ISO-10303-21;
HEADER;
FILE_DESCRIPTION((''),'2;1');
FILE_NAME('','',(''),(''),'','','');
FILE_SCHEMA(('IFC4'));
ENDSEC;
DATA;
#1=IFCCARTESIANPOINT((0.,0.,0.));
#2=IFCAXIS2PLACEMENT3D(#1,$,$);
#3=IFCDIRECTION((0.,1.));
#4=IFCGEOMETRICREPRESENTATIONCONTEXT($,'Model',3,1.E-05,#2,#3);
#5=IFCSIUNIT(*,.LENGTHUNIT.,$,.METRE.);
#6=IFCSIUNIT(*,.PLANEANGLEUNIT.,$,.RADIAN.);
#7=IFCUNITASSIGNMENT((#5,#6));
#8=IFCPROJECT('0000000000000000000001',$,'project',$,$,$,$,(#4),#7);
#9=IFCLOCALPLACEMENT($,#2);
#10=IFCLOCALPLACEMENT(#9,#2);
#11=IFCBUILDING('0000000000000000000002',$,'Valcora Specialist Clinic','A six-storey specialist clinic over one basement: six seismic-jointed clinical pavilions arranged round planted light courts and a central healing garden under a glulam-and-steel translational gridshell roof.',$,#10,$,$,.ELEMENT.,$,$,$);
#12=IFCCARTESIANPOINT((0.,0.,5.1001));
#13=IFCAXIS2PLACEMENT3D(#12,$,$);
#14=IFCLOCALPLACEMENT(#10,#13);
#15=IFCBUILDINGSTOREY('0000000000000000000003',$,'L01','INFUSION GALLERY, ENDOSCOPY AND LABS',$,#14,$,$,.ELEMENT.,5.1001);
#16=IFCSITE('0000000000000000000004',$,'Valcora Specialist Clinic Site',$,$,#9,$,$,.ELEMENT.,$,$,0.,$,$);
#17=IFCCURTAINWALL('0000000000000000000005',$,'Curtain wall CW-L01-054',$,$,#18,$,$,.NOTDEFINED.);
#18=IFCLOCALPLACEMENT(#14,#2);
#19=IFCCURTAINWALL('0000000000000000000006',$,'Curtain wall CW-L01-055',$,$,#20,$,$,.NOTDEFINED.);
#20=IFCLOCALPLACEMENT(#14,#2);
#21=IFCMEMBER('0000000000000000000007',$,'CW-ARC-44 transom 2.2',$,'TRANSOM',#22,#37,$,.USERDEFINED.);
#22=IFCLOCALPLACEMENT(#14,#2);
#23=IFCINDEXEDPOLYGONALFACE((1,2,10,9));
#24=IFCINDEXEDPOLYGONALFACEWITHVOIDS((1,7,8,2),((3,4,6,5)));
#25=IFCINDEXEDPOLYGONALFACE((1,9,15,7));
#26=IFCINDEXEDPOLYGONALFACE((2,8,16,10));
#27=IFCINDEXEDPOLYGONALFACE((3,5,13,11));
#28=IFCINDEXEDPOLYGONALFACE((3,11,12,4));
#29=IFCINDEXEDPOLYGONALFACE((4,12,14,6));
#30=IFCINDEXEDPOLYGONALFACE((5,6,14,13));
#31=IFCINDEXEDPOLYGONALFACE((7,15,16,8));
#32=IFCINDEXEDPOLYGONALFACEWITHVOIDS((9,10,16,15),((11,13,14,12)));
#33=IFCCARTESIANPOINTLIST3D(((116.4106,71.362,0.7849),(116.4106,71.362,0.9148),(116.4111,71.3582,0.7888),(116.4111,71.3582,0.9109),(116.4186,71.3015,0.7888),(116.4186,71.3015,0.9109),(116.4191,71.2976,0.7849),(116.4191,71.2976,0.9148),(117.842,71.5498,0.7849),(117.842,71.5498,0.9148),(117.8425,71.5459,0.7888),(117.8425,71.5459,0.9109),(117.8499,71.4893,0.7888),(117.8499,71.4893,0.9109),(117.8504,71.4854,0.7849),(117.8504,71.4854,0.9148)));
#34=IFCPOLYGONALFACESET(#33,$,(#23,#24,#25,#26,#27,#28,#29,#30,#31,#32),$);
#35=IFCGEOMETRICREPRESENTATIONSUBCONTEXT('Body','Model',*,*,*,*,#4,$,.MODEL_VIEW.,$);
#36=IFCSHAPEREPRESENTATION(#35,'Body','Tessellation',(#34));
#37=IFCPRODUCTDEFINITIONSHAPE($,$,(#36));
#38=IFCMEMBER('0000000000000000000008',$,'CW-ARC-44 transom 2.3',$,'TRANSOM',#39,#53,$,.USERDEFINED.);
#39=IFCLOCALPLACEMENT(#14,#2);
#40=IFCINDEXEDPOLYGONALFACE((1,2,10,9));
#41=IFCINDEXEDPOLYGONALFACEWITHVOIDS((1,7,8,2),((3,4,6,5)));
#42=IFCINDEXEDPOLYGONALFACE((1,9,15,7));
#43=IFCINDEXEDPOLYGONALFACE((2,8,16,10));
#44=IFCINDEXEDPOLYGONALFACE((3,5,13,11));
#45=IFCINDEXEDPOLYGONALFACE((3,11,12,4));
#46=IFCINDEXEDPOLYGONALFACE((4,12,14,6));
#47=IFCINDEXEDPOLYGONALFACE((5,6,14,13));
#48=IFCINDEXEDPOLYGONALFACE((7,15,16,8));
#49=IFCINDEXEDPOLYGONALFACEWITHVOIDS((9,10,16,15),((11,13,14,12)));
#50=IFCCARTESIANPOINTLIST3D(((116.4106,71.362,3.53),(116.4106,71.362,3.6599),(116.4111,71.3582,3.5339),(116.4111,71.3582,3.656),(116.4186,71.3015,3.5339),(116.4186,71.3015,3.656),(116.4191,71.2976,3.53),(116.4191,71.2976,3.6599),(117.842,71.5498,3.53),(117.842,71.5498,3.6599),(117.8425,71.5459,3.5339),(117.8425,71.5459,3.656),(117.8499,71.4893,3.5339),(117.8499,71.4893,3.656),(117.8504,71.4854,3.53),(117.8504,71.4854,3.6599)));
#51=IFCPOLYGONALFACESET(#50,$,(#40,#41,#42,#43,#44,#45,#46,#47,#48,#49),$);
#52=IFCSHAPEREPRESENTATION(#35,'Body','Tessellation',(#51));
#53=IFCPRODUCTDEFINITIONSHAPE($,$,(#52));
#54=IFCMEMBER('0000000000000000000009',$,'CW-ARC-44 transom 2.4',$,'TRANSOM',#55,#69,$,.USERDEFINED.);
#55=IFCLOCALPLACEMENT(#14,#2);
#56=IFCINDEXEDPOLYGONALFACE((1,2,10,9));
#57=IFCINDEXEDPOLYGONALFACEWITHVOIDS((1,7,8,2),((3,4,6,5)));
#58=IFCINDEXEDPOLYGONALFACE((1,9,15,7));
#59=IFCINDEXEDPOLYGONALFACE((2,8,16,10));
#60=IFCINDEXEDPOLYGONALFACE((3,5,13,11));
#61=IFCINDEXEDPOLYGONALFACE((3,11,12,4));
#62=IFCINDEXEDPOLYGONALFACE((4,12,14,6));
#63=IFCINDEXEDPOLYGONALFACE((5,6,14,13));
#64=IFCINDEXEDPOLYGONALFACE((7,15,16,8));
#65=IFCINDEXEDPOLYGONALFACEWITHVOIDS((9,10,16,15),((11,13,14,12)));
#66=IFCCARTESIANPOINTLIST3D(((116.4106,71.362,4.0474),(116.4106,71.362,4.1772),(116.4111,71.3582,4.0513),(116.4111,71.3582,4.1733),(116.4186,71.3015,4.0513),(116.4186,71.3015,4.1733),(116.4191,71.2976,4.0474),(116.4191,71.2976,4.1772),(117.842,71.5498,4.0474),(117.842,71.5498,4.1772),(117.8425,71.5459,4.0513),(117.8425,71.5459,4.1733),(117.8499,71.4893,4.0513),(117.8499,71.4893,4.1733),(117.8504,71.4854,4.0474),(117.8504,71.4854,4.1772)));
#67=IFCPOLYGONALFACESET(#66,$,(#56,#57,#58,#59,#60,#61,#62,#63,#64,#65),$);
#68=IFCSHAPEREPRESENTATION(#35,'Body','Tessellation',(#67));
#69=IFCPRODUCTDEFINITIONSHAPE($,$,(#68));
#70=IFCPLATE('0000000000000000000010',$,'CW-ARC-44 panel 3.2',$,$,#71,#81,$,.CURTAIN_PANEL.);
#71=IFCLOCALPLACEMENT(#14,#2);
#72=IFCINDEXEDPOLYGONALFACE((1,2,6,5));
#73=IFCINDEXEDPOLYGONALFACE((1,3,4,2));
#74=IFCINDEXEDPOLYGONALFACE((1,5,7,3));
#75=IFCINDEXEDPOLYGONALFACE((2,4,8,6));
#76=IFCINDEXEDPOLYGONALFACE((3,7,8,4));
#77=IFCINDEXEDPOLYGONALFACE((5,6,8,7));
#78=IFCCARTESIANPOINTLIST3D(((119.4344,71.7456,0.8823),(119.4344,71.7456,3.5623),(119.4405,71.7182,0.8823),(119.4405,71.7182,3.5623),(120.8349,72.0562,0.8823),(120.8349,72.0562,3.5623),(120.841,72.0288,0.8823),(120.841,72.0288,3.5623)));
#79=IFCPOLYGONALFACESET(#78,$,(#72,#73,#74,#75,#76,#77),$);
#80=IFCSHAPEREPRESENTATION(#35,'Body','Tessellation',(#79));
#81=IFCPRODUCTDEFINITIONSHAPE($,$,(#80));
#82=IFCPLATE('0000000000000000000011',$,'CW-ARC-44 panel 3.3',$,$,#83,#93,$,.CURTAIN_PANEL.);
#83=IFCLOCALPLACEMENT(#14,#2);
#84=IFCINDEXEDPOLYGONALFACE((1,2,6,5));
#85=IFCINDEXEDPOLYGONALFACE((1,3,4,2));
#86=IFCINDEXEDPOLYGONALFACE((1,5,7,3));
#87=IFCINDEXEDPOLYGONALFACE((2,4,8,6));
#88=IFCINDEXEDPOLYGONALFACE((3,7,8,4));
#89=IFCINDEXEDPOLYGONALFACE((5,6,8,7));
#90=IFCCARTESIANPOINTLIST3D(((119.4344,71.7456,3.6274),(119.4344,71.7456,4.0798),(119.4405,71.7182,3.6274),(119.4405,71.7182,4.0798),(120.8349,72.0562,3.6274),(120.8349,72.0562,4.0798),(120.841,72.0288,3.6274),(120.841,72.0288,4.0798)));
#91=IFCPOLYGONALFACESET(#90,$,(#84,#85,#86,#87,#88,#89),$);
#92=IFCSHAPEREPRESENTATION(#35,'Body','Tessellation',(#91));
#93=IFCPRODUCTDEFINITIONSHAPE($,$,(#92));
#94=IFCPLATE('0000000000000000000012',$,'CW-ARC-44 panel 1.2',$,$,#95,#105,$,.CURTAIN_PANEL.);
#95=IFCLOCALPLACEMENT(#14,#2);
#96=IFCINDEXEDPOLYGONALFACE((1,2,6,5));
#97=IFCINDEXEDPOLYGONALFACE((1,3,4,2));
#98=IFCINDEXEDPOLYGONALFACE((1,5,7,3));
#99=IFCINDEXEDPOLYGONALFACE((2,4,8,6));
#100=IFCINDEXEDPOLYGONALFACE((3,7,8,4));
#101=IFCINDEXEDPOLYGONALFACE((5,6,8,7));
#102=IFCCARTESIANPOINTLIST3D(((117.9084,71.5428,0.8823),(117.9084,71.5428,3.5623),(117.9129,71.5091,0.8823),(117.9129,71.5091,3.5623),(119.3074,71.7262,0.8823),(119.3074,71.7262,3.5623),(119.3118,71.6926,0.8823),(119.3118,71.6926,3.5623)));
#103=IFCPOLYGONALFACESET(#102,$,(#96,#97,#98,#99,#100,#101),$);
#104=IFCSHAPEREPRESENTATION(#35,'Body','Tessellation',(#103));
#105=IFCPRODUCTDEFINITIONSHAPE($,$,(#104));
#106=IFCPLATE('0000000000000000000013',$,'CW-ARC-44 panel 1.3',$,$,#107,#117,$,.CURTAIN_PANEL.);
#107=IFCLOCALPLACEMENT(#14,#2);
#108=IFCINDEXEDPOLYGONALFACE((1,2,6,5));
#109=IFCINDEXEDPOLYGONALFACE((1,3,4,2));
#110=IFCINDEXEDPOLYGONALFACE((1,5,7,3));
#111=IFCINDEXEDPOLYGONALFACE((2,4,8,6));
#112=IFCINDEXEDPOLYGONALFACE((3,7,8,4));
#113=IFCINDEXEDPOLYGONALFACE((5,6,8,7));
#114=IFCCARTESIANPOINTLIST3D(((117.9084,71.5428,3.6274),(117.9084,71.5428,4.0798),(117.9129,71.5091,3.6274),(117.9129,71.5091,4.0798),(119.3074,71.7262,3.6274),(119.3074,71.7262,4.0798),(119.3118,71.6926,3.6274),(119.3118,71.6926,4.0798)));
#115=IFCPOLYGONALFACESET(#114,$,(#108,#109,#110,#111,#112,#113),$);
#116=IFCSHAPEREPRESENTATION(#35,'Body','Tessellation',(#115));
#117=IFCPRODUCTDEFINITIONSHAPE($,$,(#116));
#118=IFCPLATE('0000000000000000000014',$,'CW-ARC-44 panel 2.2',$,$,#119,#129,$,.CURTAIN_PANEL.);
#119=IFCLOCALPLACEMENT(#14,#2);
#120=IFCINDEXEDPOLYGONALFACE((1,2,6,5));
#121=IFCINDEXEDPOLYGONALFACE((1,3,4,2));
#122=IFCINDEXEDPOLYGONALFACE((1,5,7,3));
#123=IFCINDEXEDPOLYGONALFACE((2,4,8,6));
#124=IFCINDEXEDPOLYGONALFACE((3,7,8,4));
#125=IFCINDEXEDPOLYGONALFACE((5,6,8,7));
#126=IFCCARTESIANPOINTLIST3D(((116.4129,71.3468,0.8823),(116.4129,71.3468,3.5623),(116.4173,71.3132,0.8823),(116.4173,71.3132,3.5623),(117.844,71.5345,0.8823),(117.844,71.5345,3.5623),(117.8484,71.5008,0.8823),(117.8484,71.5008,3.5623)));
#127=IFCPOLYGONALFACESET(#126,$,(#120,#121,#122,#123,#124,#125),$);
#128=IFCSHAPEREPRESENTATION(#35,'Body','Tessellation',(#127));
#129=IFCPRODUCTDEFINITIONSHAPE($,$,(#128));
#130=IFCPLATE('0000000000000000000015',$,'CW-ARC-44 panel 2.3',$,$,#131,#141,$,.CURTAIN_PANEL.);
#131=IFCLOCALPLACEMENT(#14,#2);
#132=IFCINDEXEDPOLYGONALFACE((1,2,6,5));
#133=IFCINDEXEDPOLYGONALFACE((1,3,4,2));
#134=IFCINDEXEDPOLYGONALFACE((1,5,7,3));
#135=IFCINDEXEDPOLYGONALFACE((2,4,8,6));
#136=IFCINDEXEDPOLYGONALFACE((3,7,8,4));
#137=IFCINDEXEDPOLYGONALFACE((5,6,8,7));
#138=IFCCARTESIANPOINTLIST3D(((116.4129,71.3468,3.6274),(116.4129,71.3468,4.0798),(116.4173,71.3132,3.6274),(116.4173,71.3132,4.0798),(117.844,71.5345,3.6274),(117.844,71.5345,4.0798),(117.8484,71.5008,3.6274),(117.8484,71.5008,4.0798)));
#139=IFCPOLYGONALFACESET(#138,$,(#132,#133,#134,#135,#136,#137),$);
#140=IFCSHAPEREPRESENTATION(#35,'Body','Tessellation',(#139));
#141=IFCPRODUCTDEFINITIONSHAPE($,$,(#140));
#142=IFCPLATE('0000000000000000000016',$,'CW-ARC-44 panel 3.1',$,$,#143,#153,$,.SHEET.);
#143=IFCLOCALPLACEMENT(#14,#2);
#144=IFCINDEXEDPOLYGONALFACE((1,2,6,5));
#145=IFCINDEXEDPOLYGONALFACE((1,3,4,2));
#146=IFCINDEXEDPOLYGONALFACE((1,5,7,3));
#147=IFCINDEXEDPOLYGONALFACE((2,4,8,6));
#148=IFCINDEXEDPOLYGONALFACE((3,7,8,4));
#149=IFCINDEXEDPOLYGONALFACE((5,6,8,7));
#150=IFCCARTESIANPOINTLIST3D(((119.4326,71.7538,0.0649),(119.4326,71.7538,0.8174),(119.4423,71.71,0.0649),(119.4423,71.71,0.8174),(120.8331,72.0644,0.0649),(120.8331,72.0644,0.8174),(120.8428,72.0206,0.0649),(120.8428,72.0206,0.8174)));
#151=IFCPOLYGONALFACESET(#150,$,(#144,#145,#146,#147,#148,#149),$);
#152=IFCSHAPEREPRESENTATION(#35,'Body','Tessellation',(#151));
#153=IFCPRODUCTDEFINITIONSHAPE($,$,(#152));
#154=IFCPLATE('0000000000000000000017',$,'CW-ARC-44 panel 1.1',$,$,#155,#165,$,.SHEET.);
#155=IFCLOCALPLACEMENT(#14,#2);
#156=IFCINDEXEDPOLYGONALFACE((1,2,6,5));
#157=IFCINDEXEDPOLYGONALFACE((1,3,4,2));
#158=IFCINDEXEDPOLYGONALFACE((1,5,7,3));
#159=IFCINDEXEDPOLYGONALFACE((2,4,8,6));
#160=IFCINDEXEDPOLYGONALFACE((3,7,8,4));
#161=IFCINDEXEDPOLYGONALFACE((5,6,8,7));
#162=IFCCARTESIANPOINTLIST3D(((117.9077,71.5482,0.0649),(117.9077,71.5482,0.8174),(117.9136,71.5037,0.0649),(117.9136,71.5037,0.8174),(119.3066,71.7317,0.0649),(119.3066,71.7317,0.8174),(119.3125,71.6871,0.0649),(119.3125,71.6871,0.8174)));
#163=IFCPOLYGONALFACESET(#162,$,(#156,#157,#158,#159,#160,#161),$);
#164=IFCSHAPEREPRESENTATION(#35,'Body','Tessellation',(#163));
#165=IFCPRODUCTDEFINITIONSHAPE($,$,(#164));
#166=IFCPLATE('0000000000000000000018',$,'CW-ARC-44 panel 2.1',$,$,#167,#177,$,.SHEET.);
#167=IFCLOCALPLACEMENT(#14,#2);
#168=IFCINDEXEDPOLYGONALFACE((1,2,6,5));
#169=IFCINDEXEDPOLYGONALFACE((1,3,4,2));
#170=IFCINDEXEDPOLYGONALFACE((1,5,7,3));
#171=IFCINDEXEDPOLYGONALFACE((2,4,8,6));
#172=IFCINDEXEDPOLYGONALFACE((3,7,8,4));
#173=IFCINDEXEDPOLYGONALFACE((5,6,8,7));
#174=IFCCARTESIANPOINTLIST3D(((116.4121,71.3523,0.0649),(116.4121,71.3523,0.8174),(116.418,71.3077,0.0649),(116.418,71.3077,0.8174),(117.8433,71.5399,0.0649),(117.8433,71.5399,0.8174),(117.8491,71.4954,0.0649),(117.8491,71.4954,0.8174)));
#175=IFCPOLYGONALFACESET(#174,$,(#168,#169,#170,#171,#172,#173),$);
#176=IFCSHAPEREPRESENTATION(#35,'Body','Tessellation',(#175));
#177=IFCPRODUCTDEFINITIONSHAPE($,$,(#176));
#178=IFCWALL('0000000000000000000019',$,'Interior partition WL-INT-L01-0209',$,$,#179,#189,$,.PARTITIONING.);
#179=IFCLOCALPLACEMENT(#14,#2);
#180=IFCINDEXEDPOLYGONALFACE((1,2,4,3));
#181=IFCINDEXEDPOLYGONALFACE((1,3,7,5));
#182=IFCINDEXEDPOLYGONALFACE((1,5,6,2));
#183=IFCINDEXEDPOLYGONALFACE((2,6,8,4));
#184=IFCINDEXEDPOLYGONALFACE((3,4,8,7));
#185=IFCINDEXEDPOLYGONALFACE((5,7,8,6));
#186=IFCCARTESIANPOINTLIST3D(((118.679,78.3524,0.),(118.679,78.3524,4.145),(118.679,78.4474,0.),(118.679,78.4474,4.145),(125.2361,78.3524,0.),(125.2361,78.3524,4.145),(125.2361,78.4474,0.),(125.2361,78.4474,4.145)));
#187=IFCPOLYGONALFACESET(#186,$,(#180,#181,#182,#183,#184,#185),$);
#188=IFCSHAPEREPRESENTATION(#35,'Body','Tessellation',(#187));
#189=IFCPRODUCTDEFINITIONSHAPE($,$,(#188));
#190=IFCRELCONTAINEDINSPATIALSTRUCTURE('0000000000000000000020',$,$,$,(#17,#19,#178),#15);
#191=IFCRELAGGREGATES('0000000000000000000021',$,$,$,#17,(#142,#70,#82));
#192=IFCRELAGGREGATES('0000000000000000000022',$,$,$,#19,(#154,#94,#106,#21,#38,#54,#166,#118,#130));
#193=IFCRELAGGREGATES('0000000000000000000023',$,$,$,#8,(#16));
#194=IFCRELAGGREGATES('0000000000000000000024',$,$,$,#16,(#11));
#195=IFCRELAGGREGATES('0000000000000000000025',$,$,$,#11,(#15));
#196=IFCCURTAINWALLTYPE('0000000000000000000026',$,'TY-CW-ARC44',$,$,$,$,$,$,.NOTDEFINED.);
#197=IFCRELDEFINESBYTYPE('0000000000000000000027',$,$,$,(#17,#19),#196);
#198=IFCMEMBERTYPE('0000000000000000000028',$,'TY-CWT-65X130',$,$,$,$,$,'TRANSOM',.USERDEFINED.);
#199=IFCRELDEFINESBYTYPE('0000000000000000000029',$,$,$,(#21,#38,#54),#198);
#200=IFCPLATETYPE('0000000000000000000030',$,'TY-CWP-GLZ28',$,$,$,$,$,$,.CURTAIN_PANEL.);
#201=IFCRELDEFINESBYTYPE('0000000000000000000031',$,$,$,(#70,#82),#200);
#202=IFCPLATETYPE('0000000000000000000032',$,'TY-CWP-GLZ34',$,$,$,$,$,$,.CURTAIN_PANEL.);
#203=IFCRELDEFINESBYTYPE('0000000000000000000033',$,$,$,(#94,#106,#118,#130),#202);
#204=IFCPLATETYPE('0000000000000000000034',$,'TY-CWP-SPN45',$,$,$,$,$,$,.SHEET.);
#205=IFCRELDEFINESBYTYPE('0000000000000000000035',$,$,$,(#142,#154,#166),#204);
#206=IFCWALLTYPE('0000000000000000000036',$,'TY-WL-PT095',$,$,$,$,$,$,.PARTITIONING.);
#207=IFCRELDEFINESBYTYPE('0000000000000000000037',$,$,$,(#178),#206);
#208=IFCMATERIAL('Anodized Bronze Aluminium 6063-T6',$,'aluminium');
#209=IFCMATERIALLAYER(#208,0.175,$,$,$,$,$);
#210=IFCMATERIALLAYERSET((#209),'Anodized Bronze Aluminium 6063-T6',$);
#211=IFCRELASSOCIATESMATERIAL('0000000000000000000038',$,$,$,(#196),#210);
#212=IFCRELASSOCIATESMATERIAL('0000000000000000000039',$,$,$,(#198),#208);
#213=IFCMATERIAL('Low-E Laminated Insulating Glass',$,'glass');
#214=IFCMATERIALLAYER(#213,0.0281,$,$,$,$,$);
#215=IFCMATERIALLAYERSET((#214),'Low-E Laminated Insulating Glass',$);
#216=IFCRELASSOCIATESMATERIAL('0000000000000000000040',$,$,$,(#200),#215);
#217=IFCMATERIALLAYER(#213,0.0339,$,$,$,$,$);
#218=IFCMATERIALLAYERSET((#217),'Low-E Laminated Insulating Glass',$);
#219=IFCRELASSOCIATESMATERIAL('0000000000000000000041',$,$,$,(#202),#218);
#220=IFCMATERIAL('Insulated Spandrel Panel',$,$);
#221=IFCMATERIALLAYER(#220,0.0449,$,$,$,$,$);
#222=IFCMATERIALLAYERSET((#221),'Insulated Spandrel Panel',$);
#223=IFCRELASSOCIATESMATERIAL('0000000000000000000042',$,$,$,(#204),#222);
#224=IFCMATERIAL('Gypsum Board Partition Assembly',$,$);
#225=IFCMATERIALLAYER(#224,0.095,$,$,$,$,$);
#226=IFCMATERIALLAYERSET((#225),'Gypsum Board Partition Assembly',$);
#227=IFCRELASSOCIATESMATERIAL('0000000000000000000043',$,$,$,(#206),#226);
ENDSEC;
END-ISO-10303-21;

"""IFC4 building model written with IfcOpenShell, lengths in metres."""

from ifc_helpers import new_model, si_unit, direction, frame, frame_2d, origin, origin_2d, place, context, subcontext, project, spatial, rectangle, hollow_rectangle, extrude, material, layer, layer_set, material_profile, profile_set, type_object, element, aggregate, save


model = new_model("IFC4")

# Units and contexts
model_context = context("Model", 3, precision=1e-05, world=origin(), true_north=direction((0.0, 1.0)))
body_context = subcontext(model_context, "Body", "Model", "MODEL_VIEW")
ifc_project = project(units=[si_unit("LENGTHUNIT", "METRE"), si_unit("PLANEANGLEUNIT", "RADIAN")], contexts=[model_context])

# Site, building, storey
site_placement = place(None, origin())
site = spatial("IfcSite", under=ifc_project, at=site_placement, Name="Valcora Specialist Clinic Site", CompositionType="ELEMENT", RefElevation=0.0)
building_placement = place(site_placement, origin())
building = spatial("IfcBuilding", under=site, at=building_placement, Name="Valcora Specialist Clinic", Description="A six-storey specialist clinic over one basement: six seismic-jointed clinical pavilions arranged round planted light courts and a central healing garden under a glulam-and-steel translational gridshell roof.", CompositionType="ELEMENT")
storey_placement = place(building_placement, frame((0.0, 0.0, 5.1001)))
storey = spatial("IfcBuildingStorey", under=building, at=storey_placement, Name="L01", Description="INFUSION GALLERY, ENDOSCOPY AND LABS", CompositionType="ELEMENT", Elevation=5.1001)

# Curtain wall
ifc_material_1 = material(Name="Anodized Bronze Aluminium 6063-T6", Category="aluminium")
ifc_layer_1 = layer(ifc_material_1, 0.175)
ifc_layer_set_1 = layer_set([ifc_layer_1], Name="Anodized Bronze Aluminium 6063-T6")
curtain_wall_type = type_object("IfcCurtainWallType", Name="TY-CW-ARC44", PredefinedType="NOTDEFINED", material=ifc_layer_set_1)
curtain_wall_1_placement = place(storey_placement, origin())
curtain_wall_1 = element("IfcCurtainWall", 1, at=curtain_wall_1_placement, inside=storey, type_object=curtain_wall_type, Name="Curtain wall CW-L01-054", PredefinedType="NOTDEFINED")

# Curtain wall
curtain_wall_2_placement = place(storey_placement, origin())
curtain_wall_2 = element("IfcCurtainWall", 2, at=curtain_wall_2_placement, inside=storey, type_object=curtain_wall_type, Name="Curtain wall CW-L01-055", PredefinedType="NOTDEFINED")

# Members
ifc_material_profile_1 = material_profile(ifc_material_1, hollow_rectangle(XDim=0.0649, YDim=0.1299, WallThickness=0.0039, at=origin_2d()), Name="AL-TRN-65X130")
ifc_profile_set_1 = profile_set([ifc_material_profile_1], Name="Anodized Bronze Aluminium 6063-T6")
member_type_1 = type_object("IfcMemberType", Name="TY-CWT-65X130", ElementType="TRANSOM", PredefinedType="USERDEFINED", material=ifc_profile_set_1)
member_1_placement = place(storey_placement, frame((117.8462, 71.5176, 0.8499), z_axis=(-0.991508, -0.130048, 0.0), x_axis=(0.130048, -0.991508, 0.0)))
member_1 = element("IfcMember", 3, at=member_1_placement, type_object=member_type_1, Name="CW-ARC-44 transom 2.2", ObjectType="TRANSOM", PredefinedType="USERDEFINED", context=body_context, shape_type="SweptSolid", body=[
    extrude(hollow_rectangle(XDim=0.0649, YDim=0.1299, WallThickness=0.0039, at=origin_2d()), origin(), (0.0, 0.0, 1.0), 1.4436),
])
member_2_placement = place(storey_placement, frame((117.8462, 71.5176, 3.595), z_axis=(-0.991508, -0.130048, 0.0), x_axis=(0.130048, -0.991508, 0.0)))
member_2 = element("IfcMember", 4, at=member_2_placement, type_object=member_type_1, Name="CW-ARC-44 transom 2.3", ObjectType="TRANSOM", PredefinedType="USERDEFINED", context=body_context, shape_type="SweptSolid", body=[
    extrude(hollow_rectangle(XDim=0.0649, YDim=0.1299, WallThickness=0.0039, at=origin_2d()), origin(), (0.0, 0.0, 1.0), 1.4436),
])
member_3_placement = place(storey_placement, frame((117.8462, 71.5176, 4.1123), z_axis=(-0.991508, -0.130048, 0.0), x_axis=(0.130048, -0.991508, 0.0)))
member_3 = element("IfcMember", 5, at=member_3_placement, type_object=member_type_1, Name="CW-ARC-44 transom 2.4", ObjectType="TRANSOM", PredefinedType="USERDEFINED", context=body_context, shape_type="SweptSolid", body=[
    extrude(hollow_rectangle(XDim=0.0649, YDim=0.1299, WallThickness=0.0039, at=origin_2d()), origin(), (0.0, 0.0, 1.0), 1.4436),
])

# Plates
ifc_material_2 = material(Name="Low-E Laminated Insulating Glass", Category="glass")
ifc_layer_2 = layer(ifc_material_2, 0.0281)
ifc_layer_set_2 = layer_set([ifc_layer_2], Name="Low-E Laminated Insulating Glass")
plate_type_1 = type_object("IfcPlateType", Name="TY-CWP-GLZ28", PredefinedType="CURTAIN_PANEL", material=ifc_layer_set_2)
plate_1_placement = place(storey_placement, frame((120.1377, 71.8872, 0.8823), z_axis=(0.0, 0.0, 1.0), x_axis=(-0.976279, -0.216518, 0.0)))
plate_1 = element("IfcPlate", 6, at=plate_1_placement, type_object=plate_type_1, Name="CW-ARC-44 panel 3.2", PredefinedType="CURTAIN_PANEL", context=body_context, shape_type="SweptSolid", body=[
    extrude(rectangle(XDim=1.4346, YDim=0.0281, at=origin_2d()), origin(), (0.0, 0.0, 1.0), 2.6799),
])
plate_2_placement = place(storey_placement, frame((120.1377, 71.8872, 3.6274), z_axis=(0.0, 0.0, 1.0), x_axis=(-0.976279, -0.216518, 0.0)))
plate_2 = element("IfcPlate", 7, at=plate_2_placement, type_object=plate_type_1, Name="CW-ARC-44 panel 3.3", PredefinedType="CURTAIN_PANEL", context=body_context, shape_type="SweptSolid", body=[
    extrude(rectangle(XDim=1.4346, YDim=0.0281, at=origin_2d()), origin(), (0.0, 0.0, 1.0), 0.4524),
])
ifc_layer_3 = layer(ifc_material_2, 0.0339)
ifc_layer_set_3 = layer_set([ifc_layer_3], Name="Low-E Laminated Insulating Glass")
plate_type_2 = type_object("IfcPlateType", Name="TY-CWP-GLZ34", PredefinedType="CURTAIN_PANEL", material=ifc_layer_set_3)
plate_3_placement = place(storey_placement, frame((118.6101, 71.6177, 0.8823), z_axis=(0.0, 0.0, 1.0), x_axis=(-0.991514, -0.129999, 0.0)))
plate_3 = element("IfcPlate", 8, at=plate_3_placement, type_object=plate_type_2, Name="CW-ARC-44 panel 1.2", PredefinedType="CURTAIN_PANEL", context=body_context, shape_type="SweptSolid", body=[
    extrude(rectangle(XDim=1.4109, YDim=0.0339, at=origin_2d()), origin(), (0.0, 0.0, 1.0), 2.6799),
])
plate_4_placement = place(storey_placement, frame((118.6101, 71.6177, 3.6274), z_axis=(0.0, 0.0, 1.0), x_axis=(-0.991514, -0.129999, 0.0)))
plate_4 = element("IfcPlate", 9, at=plate_4_placement, type_object=plate_type_2, Name="CW-ARC-44 panel 1.3", PredefinedType="CURTAIN_PANEL", context=body_context, shape_type="SweptSolid", body=[
    extrude(rectangle(XDim=1.4109, YDim=0.0339, at=origin_2d()), origin(), (0.0, 0.0, 1.0), 0.4524),
])
plate_5_placement = place(storey_placement, frame((117.1306, 71.4238, 0.8823), z_axis=(0.0, 0.0, 1.0), x_axis=(-0.991514, -0.129999, 0.0)))
plate_5 = element("IfcPlate", 10, at=plate_5_placement, type_object=plate_type_2, Name="CW-ARC-44 panel 2.2", PredefinedType="CURTAIN_PANEL", context=body_context, shape_type="SweptSolid", body=[
    extrude(rectangle(XDim=1.4434, YDim=0.0339, at=origin_2d()), origin(), (0.0, 0.0, 1.0), 2.6799),
])
plate_6_placement = place(storey_placement, frame((117.1306, 71.4238, 3.6274), z_axis=(0.0, 0.0, 1.0), x_axis=(-0.991514, -0.129999, 0.0)))
plate_6 = element("IfcPlate", 11, at=plate_6_placement, type_object=plate_type_2, Name="CW-ARC-44 panel 2.3", PredefinedType="CURTAIN_PANEL", context=body_context, shape_type="SweptSolid", body=[
    extrude(rectangle(XDim=1.4434, YDim=0.0339, at=origin_2d()), origin(), (0.0, 0.0, 1.0), 0.4524),
])
ifc_material_3 = material(Name="Insulated Spandrel Panel")
ifc_layer_4 = layer(ifc_material_3, 0.0449)
ifc_layer_set_4 = layer_set([ifc_layer_4], Name="Insulated Spandrel Panel")
plate_type_3 = type_object("IfcPlateType", Name="TY-CWP-SPN45", PredefinedType="SHEET", material=ifc_layer_set_4)
plate_7_placement = place(storey_placement, frame((120.1377, 71.8872, 0.0649), z_axis=(0.0, 0.0, 1.0), x_axis=(-0.976279, -0.216518, 0.0)))
plate_7 = element("IfcPlate", 12, at=plate_7_placement, type_object=plate_type_3, Name="CW-ARC-44 panel 3.1", PredefinedType="SHEET", context=body_context, shape_type="SweptSolid", body=[
    extrude(rectangle(XDim=1.4346, YDim=0.0449, at=origin_2d()), origin(), (0.0, 0.0, 1.0), 0.7524),
])
aggregate(curtain_wall_1, [plate_7, plate_1, plate_2])
plate_8_placement = place(storey_placement, frame((118.6101, 71.6177, 0.0649), z_axis=(0.0, 0.0, 1.0), x_axis=(-0.991514, -0.129999, 0.0)))
plate_8 = element("IfcPlate", 13, at=plate_8_placement, type_object=plate_type_3, Name="CW-ARC-44 panel 1.1", PredefinedType="SHEET", context=body_context, shape_type="SweptSolid", body=[
    extrude(rectangle(XDim=1.4109, YDim=0.0449, at=origin_2d()), origin(), (0.0, 0.0, 1.0), 0.7524),
])
plate_9_placement = place(storey_placement, frame((117.1306, 71.4238, 0.0649), z_axis=(0.0, 0.0, 1.0), x_axis=(-0.991514, -0.129999, 0.0)))
plate_9 = element("IfcPlate", 14, at=plate_9_placement, type_object=plate_type_3, Name="CW-ARC-44 panel 2.1", PredefinedType="SHEET", context=body_context, shape_type="SweptSolid", body=[
    extrude(rectangle(XDim=1.4434, YDim=0.0449, at=origin_2d()), origin(), (0.0, 0.0, 1.0), 0.7524),
])
aggregate(curtain_wall_2, [plate_8, plate_3, plate_4, member_1, member_2, member_3, plate_9, plate_5, plate_6])

# Wall
ifc_material_4 = material(Name="Gypsum Board Partition Assembly")
ifc_layer_5 = layer(ifc_material_4, 0.095)
ifc_layer_set_5 = layer_set([ifc_layer_5], Name="Gypsum Board Partition Assembly")
wall_type = type_object("IfcWallType", Name="TY-WL-PT095", PredefinedType="PARTITIONING", material=ifc_layer_set_5)
wall_placement = place(storey_placement, frame((118.679, 78.3999, 0.0), z_axis=(0.0, 0.0, 1.0), x_axis=(1.0, 0.0, 0.0)))
element("IfcWall", 15, at=wall_placement, inside=storey, type_object=wall_type, Name="Interior partition WL-INT-L01-0209", PredefinedType="PARTITIONING", context=body_context, shape_type="SweptSolid", body=[
    extrude(rectangle(XDim=6.5571, YDim=0.095, at=frame_2d((3.2786, 0.0))), origin(), (0.0, 0.0, 1.0), 4.145),
])

save(model, "model.ifc")
